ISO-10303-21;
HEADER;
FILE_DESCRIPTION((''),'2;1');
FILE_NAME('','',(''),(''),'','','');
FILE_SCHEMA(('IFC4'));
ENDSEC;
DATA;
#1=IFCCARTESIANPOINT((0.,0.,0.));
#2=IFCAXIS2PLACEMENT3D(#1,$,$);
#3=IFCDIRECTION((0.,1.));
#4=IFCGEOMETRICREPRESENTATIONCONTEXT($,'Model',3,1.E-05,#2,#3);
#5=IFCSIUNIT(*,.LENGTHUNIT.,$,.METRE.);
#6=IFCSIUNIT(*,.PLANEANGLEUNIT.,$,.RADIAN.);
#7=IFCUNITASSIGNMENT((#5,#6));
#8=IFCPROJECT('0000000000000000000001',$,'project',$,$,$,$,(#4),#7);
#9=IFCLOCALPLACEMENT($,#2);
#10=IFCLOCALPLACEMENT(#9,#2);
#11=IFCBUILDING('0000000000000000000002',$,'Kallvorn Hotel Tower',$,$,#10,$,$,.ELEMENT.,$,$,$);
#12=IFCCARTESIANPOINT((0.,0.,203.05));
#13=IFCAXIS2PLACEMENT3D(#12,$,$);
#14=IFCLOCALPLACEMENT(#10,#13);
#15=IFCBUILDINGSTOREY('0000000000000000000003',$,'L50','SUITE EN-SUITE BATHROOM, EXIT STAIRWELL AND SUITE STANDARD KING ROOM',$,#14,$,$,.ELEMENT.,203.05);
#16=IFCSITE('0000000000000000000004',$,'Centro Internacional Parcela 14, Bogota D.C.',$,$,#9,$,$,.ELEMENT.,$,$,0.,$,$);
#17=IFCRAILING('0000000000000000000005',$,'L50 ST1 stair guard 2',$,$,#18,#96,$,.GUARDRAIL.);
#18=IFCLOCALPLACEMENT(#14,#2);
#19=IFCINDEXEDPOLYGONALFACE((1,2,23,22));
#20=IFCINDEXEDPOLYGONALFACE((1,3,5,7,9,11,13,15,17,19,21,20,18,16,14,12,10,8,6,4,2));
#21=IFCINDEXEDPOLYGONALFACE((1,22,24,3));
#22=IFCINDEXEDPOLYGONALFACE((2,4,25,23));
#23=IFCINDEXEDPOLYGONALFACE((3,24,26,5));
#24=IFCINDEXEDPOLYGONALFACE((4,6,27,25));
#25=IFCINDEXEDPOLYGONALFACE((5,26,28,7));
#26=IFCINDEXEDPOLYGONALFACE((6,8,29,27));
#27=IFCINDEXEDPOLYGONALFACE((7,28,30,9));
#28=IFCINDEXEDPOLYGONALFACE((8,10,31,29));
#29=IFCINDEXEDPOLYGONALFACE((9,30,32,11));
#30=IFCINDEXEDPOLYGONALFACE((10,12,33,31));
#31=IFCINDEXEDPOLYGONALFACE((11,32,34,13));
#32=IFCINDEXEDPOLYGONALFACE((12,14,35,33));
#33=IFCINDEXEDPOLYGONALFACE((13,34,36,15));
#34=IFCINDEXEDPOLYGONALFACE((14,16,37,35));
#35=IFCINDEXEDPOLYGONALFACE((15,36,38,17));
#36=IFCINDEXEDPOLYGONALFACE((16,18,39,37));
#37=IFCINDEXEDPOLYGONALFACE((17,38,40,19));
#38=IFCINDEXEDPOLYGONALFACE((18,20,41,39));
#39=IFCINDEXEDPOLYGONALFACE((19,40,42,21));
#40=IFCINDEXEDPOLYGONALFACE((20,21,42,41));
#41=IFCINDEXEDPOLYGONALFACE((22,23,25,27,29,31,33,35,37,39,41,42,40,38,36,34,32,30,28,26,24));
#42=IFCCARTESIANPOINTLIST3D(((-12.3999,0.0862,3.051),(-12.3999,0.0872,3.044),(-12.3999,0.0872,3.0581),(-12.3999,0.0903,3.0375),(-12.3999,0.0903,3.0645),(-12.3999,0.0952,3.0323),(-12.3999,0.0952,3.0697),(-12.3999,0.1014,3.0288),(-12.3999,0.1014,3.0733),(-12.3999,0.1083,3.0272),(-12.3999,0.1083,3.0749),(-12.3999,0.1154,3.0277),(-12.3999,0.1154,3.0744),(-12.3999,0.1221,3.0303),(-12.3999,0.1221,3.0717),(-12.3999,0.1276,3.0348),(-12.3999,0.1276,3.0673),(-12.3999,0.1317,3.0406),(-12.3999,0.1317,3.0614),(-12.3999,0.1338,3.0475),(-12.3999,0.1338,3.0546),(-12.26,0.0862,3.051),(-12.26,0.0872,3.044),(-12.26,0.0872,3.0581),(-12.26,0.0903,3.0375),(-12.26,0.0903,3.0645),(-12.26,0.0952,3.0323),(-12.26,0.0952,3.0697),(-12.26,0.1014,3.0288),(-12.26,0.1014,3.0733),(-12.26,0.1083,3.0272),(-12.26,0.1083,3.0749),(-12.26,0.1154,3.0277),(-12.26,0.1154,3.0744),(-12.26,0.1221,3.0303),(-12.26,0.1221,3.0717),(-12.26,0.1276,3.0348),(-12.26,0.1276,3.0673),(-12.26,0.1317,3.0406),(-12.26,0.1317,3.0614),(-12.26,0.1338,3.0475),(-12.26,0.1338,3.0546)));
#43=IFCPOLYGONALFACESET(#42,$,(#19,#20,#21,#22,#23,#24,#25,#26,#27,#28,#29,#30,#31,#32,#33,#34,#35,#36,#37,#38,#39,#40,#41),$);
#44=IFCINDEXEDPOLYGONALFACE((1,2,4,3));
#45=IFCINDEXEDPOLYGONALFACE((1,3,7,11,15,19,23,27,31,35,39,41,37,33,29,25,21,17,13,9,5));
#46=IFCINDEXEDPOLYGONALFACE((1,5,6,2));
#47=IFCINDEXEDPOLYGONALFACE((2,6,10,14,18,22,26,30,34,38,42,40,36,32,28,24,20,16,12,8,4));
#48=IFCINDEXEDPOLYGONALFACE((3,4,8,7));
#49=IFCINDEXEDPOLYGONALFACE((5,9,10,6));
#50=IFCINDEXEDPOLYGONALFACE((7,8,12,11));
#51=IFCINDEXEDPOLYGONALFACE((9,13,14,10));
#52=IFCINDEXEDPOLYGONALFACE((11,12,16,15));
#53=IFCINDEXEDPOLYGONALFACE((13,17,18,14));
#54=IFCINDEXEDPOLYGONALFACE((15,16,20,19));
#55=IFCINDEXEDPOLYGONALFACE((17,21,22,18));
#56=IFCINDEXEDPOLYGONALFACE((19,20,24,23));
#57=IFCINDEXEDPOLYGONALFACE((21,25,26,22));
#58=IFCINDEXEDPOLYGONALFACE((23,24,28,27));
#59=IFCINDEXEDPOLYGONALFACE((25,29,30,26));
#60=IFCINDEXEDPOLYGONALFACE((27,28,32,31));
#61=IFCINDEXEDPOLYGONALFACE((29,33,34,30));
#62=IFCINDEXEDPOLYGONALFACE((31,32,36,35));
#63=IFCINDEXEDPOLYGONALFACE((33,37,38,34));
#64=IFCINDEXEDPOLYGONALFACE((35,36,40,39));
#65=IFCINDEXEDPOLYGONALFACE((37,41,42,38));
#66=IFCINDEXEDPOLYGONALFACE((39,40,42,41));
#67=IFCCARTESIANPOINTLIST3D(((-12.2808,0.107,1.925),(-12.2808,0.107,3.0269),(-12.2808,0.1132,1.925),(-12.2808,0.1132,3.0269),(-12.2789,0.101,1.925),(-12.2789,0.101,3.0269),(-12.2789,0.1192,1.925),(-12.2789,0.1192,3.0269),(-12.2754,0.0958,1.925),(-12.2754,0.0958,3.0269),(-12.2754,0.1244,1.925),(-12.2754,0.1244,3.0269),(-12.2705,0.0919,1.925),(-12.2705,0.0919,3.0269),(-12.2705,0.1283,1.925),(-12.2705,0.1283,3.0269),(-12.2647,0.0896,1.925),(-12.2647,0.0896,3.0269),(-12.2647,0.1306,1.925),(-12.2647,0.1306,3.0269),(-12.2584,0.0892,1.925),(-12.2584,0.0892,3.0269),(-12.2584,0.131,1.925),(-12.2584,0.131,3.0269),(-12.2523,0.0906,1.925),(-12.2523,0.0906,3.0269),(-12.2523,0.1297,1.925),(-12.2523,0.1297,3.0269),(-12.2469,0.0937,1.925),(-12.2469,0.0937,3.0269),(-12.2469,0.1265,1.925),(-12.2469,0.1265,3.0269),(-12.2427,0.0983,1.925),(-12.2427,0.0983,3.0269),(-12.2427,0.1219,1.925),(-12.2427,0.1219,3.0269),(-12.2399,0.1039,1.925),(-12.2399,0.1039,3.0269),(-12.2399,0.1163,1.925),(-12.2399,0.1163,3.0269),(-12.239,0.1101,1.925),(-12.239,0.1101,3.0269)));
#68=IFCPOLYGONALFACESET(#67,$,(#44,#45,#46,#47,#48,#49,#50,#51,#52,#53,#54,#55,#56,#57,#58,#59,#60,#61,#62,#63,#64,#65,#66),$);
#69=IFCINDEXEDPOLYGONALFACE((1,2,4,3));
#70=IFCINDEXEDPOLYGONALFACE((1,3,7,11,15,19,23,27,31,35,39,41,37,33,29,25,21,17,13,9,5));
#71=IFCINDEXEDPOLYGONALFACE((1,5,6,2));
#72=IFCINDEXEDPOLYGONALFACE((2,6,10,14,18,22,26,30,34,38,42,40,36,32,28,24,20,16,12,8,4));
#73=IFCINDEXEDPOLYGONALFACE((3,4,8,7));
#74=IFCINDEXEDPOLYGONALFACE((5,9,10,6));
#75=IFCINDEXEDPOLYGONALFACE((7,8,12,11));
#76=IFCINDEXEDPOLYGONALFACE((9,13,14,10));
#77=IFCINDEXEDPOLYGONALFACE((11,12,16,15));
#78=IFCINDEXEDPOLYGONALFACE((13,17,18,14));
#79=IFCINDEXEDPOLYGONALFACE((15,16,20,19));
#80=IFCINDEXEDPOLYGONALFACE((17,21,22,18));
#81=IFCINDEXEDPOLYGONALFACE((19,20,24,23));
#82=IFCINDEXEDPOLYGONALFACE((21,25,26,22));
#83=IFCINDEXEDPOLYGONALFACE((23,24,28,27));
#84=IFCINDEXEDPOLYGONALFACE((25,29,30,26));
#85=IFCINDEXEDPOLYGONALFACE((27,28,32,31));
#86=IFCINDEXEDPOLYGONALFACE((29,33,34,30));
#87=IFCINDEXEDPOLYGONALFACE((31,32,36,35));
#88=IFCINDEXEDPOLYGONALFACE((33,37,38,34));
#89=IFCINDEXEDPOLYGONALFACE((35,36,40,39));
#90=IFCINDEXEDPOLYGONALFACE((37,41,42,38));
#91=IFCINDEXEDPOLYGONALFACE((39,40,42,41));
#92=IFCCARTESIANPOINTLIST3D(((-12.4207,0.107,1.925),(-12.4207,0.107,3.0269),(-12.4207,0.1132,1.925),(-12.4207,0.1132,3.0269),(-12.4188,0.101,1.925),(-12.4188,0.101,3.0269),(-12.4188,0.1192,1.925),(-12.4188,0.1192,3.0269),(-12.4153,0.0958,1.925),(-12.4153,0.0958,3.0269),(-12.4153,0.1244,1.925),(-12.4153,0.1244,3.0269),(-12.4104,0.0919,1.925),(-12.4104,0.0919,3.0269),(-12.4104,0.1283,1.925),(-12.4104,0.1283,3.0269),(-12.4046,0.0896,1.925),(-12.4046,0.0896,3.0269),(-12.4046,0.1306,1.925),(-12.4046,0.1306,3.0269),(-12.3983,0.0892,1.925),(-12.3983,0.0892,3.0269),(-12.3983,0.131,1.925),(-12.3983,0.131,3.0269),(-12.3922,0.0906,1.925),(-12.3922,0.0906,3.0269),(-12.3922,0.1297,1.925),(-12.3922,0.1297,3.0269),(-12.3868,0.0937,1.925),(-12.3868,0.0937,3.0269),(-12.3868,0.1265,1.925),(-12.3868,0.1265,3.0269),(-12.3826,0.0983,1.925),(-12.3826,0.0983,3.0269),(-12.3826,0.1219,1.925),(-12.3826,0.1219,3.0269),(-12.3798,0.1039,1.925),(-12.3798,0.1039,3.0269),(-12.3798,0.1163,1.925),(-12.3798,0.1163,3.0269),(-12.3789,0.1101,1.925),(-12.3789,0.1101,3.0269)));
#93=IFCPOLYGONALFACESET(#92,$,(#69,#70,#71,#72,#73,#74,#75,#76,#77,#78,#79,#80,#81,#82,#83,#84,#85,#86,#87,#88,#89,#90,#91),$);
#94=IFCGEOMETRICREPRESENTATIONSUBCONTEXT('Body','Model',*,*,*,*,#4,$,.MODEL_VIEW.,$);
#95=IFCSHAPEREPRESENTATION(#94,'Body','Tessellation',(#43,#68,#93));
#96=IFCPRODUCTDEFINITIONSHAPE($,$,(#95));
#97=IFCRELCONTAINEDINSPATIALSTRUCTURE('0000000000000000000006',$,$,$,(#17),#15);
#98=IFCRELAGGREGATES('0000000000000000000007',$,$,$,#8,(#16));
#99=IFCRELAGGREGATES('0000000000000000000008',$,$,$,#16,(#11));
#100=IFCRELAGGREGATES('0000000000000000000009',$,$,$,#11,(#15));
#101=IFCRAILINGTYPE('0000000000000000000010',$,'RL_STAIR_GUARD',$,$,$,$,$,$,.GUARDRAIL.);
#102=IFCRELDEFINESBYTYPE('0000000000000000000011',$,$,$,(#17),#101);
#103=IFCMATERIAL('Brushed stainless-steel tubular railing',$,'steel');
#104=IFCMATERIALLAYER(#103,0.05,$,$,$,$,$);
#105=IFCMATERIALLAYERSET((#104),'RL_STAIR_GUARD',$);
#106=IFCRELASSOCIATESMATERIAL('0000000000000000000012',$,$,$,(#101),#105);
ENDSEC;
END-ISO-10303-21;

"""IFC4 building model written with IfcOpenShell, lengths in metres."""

from ifc_helpers import new_model, si_unit, direction, frame, origin, origin_2d, place, context, subcontext, project, spatial, circle, extrude, material, layer, layer_set, type_object, element, save


model = new_model("IFC4")

# Units and contexts
model_context = context("Model", 3, precision=1e-05, world=origin(), true_north=direction((0.0, 1.0)))
body_context = subcontext(model_context, "Body", "Model", "MODEL_VIEW")
ifc_project = project(units=[si_unit("LENGTHUNIT", "METRE"), si_unit("PLANEANGLEUNIT", "RADIAN")], contexts=[model_context])

# Site, building, storey
site_placement = place(None, origin())
site = spatial("IfcSite", under=ifc_project, at=site_placement, Name="Centro Internacional Parcela 14, Bogota D.C.", CompositionType="ELEMENT", RefElevation=0.0)
building_placement = place(site_placement, origin())
building = spatial("IfcBuilding", under=site, at=building_placement, Name="Kallvorn Hotel Tower", CompositionType="ELEMENT")
storey_placement = place(building_placement, frame((0.0, 0.0, 203.05)))
storey = spatial("IfcBuildingStorey", under=building, at=storey_placement, Name="L50", Description="SUITE EN-SUITE BATHROOM, EXIT STAIRWELL AND SUITE STANDARD KING ROOM", CompositionType="ELEMENT", Elevation=203.05)

# Railing
ifc_material_1 = material(Name="Brushed stainless-steel tubular railing", Category="steel")
ifc_layer_1 = layer(ifc_material_1, 0.05)
ifc_layer_set_1 = layer_set([ifc_layer_1], Name="RL_STAIR_GUARD")
railing_type_1 = type_object("IfcRailingType", Name="RL_STAIR_GUARD", PredefinedType="GUARDRAIL", material=ifc_layer_set_1)
railing_1_placement = place(storey_placement, frame((-12.26, 0.1101, 1.925)))
element("IfcRailing", 1, at=railing_1_placement, inside=storey, type_object=railing_type_1, Name="L50 ST1 stair guard 2", PredefinedType="GUARDRAIL", context=body_context, shape_type="SweptSolid", body=[
    extrude(circle(Radius=0.0239, at=origin_2d()), frame((0.0, 0.0, 1.126), z_axis=(-1.0, 0.0, 0.0), x_axis=(0.0, -1.0, 0.0)), (0.0, 0.0, 1.0), 0.1399),
    extrude(circle(Radius=0.021, at=origin_2d()), origin(), (0.0, 0.0, 1.0), 1.1018),
    extrude(circle(Radius=0.021, at=origin_2d()), frame((-0.1399, 0.0, 0.0)), (0.0, 0.0, 1.0), 1.1018),
])

save(model, "model.ifc")
